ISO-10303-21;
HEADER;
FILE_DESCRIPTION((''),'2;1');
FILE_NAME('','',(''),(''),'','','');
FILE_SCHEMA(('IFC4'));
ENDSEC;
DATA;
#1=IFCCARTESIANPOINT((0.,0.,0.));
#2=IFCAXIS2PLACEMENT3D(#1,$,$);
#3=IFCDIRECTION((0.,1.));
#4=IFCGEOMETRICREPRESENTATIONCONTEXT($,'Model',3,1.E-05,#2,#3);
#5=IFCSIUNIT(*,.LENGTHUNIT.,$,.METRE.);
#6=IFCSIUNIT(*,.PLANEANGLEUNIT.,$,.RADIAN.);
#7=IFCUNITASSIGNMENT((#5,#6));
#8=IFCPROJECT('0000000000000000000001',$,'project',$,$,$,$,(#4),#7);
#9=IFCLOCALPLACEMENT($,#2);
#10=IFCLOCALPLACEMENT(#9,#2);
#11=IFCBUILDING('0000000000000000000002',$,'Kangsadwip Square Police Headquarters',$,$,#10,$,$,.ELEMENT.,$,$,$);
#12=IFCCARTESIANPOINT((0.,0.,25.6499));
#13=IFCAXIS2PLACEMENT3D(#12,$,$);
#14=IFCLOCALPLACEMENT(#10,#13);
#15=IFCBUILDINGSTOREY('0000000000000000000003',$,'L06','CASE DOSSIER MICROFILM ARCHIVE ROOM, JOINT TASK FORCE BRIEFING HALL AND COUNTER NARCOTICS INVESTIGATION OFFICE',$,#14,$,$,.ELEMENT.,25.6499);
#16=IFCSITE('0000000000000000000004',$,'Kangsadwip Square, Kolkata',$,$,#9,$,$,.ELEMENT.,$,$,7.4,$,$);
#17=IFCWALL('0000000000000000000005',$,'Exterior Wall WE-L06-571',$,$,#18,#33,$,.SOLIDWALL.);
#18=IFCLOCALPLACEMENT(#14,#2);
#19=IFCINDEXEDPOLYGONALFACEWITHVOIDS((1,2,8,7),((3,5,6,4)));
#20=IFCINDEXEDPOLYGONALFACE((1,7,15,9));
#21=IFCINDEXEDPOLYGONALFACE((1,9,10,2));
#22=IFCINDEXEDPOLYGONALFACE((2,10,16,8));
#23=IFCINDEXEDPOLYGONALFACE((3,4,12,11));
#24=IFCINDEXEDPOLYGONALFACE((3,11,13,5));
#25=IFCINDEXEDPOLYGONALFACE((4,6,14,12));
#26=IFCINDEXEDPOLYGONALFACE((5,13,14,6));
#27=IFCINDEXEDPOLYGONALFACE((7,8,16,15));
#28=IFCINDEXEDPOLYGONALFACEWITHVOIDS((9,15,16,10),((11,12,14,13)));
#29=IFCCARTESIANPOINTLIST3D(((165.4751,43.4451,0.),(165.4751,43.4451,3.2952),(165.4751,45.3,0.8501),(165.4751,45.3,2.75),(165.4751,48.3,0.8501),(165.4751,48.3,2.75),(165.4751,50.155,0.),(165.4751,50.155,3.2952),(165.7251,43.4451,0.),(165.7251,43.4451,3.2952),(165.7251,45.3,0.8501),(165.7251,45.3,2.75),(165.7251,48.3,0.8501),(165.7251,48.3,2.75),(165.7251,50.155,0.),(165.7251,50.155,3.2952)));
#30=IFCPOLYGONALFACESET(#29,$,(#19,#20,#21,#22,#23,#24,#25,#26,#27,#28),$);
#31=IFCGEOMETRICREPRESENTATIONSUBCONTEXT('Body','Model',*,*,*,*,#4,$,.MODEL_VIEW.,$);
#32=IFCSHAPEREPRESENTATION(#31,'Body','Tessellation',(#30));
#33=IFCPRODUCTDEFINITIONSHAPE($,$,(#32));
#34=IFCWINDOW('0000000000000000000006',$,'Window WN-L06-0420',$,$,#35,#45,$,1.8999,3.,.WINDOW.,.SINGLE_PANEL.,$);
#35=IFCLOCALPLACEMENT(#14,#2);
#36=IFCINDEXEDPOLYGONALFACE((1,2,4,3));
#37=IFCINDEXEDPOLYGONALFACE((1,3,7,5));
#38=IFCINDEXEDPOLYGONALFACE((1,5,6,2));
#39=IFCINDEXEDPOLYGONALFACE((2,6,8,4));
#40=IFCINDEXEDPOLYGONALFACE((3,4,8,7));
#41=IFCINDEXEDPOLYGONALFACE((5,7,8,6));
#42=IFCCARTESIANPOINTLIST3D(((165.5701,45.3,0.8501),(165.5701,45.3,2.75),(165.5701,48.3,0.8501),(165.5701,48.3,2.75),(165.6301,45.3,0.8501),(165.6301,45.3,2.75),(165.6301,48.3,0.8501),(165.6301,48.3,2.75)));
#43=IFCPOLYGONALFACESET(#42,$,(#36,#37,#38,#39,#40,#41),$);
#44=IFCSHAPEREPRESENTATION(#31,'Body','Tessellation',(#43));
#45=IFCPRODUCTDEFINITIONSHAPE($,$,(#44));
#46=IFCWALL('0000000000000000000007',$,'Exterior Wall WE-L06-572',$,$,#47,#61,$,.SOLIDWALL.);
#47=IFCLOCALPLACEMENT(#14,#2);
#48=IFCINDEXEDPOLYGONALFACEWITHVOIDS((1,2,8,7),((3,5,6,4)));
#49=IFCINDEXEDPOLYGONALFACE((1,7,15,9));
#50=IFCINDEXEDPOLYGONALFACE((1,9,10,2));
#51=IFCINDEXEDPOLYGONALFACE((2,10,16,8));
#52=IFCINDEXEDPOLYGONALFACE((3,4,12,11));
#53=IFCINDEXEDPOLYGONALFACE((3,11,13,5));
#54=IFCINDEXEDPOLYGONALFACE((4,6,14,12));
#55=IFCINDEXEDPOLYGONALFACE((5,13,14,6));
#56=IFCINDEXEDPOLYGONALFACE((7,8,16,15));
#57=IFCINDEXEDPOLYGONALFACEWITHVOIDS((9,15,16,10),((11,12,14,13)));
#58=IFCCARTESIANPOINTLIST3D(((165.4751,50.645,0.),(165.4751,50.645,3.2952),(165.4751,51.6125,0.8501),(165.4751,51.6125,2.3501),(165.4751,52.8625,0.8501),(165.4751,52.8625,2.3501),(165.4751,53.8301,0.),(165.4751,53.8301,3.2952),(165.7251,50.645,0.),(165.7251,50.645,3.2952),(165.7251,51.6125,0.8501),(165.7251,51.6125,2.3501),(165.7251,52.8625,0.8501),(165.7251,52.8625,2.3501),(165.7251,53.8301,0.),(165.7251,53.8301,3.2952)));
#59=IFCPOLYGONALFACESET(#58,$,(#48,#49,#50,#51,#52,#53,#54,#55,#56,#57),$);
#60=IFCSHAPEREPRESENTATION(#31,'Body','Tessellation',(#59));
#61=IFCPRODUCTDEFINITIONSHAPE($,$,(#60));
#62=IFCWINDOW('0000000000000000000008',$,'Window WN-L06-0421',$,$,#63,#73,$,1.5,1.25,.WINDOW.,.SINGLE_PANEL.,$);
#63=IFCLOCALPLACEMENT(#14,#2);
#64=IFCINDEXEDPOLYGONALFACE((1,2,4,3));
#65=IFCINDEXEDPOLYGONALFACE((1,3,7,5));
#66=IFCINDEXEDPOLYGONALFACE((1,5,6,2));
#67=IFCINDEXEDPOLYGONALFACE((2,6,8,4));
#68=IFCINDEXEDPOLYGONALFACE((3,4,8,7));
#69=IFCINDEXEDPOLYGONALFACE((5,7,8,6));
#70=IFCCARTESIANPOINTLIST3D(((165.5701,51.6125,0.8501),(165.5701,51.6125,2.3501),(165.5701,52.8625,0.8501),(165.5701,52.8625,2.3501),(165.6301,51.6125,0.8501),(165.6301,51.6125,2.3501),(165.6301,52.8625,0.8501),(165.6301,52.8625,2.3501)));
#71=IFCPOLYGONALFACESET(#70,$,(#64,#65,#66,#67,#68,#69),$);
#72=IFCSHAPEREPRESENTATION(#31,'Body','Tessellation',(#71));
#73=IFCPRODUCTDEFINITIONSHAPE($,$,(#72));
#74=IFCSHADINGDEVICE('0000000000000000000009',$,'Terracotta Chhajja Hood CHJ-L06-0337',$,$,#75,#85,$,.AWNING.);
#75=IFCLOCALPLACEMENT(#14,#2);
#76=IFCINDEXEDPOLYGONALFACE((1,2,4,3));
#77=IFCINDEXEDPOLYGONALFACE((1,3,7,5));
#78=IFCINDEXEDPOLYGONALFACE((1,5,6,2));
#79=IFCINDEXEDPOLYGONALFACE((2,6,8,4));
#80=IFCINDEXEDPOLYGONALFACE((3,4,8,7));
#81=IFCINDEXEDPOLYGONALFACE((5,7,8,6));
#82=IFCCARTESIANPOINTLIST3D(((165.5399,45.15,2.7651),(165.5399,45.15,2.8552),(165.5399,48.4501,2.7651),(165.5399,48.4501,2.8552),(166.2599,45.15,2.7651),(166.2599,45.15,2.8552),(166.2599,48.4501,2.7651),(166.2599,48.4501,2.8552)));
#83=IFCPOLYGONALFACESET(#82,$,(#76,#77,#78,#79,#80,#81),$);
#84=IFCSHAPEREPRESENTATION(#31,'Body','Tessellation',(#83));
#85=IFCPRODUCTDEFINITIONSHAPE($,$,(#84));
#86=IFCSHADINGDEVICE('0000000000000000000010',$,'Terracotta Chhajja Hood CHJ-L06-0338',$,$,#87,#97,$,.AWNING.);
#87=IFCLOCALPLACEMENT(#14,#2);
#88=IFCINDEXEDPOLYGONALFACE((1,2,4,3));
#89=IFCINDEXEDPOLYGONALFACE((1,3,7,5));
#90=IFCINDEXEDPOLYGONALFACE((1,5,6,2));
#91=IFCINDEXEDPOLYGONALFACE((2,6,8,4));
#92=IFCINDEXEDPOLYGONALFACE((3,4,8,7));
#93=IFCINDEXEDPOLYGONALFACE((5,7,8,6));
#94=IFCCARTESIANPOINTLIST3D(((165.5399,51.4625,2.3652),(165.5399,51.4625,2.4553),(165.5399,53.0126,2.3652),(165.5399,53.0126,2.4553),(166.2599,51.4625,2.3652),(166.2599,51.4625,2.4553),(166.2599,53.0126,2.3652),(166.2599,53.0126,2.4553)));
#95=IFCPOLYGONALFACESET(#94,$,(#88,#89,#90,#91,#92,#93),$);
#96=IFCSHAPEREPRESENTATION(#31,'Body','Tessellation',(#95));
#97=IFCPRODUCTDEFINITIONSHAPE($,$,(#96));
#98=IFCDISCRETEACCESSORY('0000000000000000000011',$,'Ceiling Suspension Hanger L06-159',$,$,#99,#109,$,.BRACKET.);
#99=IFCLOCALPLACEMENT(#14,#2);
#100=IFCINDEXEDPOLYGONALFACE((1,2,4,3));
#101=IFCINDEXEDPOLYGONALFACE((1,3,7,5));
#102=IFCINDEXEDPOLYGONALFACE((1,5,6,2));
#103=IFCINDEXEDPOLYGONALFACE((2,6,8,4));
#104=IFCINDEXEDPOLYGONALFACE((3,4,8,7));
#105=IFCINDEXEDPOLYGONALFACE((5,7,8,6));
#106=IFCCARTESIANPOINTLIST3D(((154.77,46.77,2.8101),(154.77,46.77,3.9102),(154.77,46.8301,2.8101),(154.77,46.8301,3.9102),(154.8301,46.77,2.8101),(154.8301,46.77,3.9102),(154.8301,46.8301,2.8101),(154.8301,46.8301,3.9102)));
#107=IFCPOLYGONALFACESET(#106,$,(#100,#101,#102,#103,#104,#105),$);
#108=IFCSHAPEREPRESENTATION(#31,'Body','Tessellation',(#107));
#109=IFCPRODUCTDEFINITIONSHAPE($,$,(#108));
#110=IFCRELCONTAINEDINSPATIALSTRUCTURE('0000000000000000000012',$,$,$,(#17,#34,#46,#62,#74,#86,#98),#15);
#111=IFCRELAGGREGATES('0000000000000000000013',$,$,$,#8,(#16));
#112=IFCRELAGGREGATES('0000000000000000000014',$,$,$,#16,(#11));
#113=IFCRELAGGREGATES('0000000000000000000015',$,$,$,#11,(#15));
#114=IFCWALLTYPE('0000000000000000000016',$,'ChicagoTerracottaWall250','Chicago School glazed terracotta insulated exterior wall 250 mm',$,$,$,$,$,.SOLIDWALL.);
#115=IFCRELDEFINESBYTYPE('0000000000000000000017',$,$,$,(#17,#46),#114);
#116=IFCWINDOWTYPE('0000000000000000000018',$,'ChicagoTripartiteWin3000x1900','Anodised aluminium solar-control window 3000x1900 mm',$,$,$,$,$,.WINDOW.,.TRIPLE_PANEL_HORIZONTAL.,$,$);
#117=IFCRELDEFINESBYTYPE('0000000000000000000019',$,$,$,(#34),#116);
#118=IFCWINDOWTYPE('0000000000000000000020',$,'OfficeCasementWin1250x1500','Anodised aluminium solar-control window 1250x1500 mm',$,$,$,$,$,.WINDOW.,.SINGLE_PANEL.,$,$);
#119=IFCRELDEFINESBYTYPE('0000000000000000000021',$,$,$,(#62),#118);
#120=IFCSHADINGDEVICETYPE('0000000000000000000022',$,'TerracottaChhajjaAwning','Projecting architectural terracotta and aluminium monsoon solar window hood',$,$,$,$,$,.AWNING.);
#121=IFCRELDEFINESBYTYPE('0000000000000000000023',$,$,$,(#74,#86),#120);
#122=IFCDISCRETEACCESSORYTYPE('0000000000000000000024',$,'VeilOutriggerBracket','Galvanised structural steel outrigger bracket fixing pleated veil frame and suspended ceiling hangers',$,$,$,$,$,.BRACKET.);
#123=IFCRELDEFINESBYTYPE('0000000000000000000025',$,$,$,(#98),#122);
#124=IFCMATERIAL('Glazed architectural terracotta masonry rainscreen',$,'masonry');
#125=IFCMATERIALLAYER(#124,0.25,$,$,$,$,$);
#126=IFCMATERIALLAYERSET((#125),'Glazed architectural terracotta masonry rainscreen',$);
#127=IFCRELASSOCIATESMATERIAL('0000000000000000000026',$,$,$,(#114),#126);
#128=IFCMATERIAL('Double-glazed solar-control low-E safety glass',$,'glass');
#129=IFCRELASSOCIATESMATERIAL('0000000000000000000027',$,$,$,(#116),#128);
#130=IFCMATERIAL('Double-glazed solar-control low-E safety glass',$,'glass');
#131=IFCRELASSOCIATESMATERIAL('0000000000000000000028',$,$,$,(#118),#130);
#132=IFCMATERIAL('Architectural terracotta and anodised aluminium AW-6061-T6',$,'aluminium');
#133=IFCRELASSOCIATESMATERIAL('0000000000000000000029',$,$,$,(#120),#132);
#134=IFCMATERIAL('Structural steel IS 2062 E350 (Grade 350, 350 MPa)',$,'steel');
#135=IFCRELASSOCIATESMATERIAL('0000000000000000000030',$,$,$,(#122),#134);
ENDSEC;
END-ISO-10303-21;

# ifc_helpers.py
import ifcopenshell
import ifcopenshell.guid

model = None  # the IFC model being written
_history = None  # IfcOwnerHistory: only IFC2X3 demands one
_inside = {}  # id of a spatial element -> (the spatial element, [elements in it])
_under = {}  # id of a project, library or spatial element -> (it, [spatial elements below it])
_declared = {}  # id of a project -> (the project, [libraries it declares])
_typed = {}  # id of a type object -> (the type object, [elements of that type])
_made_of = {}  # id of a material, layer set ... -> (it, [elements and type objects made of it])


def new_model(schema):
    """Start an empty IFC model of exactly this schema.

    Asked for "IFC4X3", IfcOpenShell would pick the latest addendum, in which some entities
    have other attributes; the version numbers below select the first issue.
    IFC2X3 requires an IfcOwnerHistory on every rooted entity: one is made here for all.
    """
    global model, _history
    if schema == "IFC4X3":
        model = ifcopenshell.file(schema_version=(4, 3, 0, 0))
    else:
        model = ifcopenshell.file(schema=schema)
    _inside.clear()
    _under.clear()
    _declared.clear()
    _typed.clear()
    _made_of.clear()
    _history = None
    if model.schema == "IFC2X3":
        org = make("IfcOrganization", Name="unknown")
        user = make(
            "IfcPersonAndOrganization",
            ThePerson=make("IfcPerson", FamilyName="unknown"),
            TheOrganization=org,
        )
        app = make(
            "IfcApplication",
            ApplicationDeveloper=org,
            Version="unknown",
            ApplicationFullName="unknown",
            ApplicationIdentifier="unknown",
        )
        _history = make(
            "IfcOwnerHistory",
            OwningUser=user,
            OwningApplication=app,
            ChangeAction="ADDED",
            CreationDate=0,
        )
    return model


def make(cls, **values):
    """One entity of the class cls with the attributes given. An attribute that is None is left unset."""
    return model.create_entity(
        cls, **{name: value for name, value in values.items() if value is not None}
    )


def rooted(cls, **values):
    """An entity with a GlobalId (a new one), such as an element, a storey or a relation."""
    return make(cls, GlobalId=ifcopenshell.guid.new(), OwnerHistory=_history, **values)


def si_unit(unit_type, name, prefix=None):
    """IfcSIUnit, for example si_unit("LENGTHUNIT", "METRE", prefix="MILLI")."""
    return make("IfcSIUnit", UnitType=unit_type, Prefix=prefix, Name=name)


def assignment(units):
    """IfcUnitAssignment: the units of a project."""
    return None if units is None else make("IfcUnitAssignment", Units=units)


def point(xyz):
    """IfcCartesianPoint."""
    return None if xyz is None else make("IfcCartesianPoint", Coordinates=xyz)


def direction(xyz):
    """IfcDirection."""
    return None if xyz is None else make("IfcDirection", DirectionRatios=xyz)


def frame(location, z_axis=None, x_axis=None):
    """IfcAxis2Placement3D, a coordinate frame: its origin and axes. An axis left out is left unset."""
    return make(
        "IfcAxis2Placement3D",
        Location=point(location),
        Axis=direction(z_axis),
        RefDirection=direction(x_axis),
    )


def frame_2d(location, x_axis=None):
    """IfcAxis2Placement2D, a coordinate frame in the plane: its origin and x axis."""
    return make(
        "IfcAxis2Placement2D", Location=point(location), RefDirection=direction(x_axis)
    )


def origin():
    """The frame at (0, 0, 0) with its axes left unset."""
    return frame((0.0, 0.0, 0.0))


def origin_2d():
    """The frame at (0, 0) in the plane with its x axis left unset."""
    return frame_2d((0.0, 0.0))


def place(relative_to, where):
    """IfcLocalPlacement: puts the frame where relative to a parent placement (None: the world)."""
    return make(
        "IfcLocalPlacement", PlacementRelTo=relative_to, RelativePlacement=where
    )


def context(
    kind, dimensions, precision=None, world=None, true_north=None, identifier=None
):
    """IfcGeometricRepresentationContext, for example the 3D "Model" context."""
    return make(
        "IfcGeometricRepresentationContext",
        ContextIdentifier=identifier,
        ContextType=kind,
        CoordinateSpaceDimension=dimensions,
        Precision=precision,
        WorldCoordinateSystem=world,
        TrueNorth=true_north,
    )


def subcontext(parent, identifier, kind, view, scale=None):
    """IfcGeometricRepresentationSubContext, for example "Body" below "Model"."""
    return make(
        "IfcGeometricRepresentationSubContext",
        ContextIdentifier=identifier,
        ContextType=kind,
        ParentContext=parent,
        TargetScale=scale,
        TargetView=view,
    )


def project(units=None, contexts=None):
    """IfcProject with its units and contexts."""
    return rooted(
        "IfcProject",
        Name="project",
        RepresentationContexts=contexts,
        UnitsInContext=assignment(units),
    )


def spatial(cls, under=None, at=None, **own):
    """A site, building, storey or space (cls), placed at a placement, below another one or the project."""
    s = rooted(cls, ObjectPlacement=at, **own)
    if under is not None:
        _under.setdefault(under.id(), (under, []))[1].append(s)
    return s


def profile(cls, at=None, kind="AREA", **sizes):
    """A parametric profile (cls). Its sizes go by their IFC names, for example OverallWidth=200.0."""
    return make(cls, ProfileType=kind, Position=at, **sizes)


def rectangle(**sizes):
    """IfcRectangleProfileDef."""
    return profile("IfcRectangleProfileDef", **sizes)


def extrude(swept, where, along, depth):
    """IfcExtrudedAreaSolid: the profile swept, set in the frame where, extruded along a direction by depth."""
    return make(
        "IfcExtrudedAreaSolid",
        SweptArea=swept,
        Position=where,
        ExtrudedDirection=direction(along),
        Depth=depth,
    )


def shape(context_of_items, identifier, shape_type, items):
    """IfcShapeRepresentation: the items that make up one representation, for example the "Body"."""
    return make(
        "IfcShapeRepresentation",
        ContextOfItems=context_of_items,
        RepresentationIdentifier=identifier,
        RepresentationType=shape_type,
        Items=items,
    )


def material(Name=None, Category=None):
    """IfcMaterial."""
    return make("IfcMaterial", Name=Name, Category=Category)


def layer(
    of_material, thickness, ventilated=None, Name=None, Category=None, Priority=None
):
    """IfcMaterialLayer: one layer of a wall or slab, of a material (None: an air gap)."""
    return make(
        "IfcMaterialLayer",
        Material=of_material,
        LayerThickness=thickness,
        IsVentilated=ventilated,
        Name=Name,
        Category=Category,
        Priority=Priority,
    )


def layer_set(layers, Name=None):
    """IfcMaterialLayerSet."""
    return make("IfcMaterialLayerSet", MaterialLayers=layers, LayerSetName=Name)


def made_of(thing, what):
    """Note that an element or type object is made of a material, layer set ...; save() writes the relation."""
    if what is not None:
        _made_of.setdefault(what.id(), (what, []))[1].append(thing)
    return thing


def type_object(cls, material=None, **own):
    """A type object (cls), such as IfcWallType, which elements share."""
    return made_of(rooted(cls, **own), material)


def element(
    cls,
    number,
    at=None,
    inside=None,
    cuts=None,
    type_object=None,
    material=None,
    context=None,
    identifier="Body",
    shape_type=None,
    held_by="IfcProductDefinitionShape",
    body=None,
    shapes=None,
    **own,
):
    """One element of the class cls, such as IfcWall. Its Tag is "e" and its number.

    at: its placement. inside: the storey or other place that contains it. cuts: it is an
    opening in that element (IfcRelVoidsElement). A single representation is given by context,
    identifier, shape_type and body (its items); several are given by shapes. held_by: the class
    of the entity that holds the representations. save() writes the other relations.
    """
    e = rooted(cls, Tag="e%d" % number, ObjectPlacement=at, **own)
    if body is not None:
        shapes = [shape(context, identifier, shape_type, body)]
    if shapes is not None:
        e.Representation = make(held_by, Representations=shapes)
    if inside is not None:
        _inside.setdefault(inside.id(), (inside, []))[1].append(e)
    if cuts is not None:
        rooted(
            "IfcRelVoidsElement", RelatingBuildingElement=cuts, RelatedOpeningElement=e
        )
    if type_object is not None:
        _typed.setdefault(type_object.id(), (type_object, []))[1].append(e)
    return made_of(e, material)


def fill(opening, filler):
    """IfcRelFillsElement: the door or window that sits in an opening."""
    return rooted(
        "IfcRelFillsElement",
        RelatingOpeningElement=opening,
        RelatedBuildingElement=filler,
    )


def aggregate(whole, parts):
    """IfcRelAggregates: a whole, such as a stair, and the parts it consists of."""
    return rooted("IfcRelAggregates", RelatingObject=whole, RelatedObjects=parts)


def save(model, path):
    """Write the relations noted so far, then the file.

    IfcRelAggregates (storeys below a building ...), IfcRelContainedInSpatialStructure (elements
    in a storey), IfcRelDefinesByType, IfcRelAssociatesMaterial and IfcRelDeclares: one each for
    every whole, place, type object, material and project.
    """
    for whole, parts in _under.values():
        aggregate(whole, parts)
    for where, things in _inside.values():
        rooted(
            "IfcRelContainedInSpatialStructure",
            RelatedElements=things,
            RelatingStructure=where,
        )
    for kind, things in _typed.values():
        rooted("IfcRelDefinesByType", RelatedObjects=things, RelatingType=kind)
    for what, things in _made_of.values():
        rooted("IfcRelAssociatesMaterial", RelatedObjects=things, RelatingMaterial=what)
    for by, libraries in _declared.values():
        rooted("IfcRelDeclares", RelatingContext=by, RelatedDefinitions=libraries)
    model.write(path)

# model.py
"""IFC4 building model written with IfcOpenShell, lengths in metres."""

from ifc_helpers import new_model, si_unit, direction, frame, frame_2d, origin, origin_2d, place, context, subcontext, project, spatial, rectangle, extrude, material, layer, layer_set, type_object, element, fill, save


model = new_model("IFC4")

# Units and contexts
model_context = context("Model", 3, precision=1e-05, world=origin(), true_north=direction((0.0, 1.0)))
body_context = subcontext(model_context, "Body", "Model", "MODEL_VIEW")
ifc_project = project(units=[si_unit("LENGTHUNIT", "METRE"), si_unit("PLANEANGLEUNIT", "RADIAN")], contexts=[model_context])

# Site, building, storey
site_placement = place(None, origin())
site = spatial("IfcSite", under=ifc_project, at=site_placement, Name="Kangsadwip Square, Kolkata", CompositionType="ELEMENT", RefElevation=7.4)
building_placement = place(site_placement, origin())
building = spatial("IfcBuilding", under=site, at=building_placement, Name="Kangsadwip Square Police Headquarters", CompositionType="ELEMENT")
storey_placement = place(building_placement, frame((0.0, 0.0, 25.6499)))
storey = spatial("IfcBuildingStorey", under=building, at=storey_placement, Name="L06", Description="CASE DOSSIER MICROFILM ARCHIVE ROOM, JOINT TASK FORCE BRIEFING HALL AND COUNTER NARCOTICS INVESTIGATION OFFICE", CompositionType="ELEMENT", Elevation=25.6499)

# Walls, openings, windows
ifc_material_1 = material(Name="Glazed architectural terracotta masonry rainscreen", Category="masonry")
ifc_layer = layer(ifc_material_1, 0.25)
ifc_layer_set = layer_set([ifc_layer], Name="Glazed architectural terracotta masonry rainscreen")
wall_type = type_object("IfcWallType", Name="ChicagoTerracottaWall250", Description="Chicago School glazed terracotta insulated exterior wall 250 mm", PredefinedType="SOLIDWALL", material=ifc_layer_set)
wall_1_placement = place(storey_placement, frame((165.6001, 43.4451, 0.0), z_axis=(0.0, 0.0, 1.0), x_axis=(0.0, 1.0, 0.0)))
wall_1 = element("IfcWall", 1, at=wall_1_placement, inside=storey, type_object=wall_type, Name="Exterior Wall WE-L06-571", PredefinedType="SOLIDWALL", context=body_context, shape_type="SweptSolid", body=[
    extrude(rectangle(XDim=6.71, YDim=0.25, at=frame_2d((3.355, 0.0))), origin(), (0.0, 0.0, 1.0), 3.2952),
])
opening_1_placement = place(wall_1_placement, frame((1.855, 0.0, 0.8501)))
opening_1 = element("IfcOpeningElement", 2, at=opening_1_placement, cuts=wall_1, PredefinedType="OPENING", context=body_context, shape_type="SweptSolid", body=[
    extrude(rectangle(XDim=3.0, YDim=1.8999, at=frame_2d((1.5, 0.95))), frame((0.0, 0.135, 0.0), z_axis=(0.0, -1.0, 0.0), x_axis=(1.0, 0.0, 0.0)), (0.0, 0.0, 1.0), 0.27),
])
ifc_material_2 = material(Name="Double-glazed solar-control low-E safety glass", Category="glass")
window_type_1 = type_object("IfcWindowType", Name="ChicagoTripartiteWin3000x1900", Description="Anodised aluminium solar-control window 3000x1900 mm", PartitioningType="TRIPLE_PANEL_HORIZONTAL", PredefinedType="WINDOW", material=ifc_material_2)
window_1_placement = place(opening_1_placement, origin())
window_1 = element("IfcWindow", 3, at=window_1_placement, inside=storey, type_object=window_type_1, Name="Window WN-L06-0420", OverallHeight=1.8999, OverallWidth=3.0, PartitioningType="SINGLE_PANEL", PredefinedType="WINDOW", context=body_context, shape_type="SweptSolid", body=[
    extrude(rectangle(XDim=3.0, YDim=1.8999, at=frame_2d((1.5, 0.95))), frame((0.0, 0.03, 0.0), z_axis=(0.0, -1.0, 0.0), x_axis=(1.0, 0.0, 0.0)), (0.0, 0.0, 1.0), 0.0601),
])
fill(opening_1, window_1)
wall_2_placement = place(storey_placement, frame((165.6001, 50.645, 0.0), z_axis=(0.0, 0.0, 1.0), x_axis=(0.0, 1.0, 0.0)))
wall_2 = element("IfcWall", 4, at=wall_2_placement, inside=storey, type_object=wall_type, Name="Exterior Wall WE-L06-572", PredefinedType="SOLIDWALL", context=body_context, shape_type="SweptSolid", body=[
    extrude(rectangle(XDim=3.1851, YDim=0.25, at=frame_2d((1.5925, 0.0))), origin(), (0.0, 0.0, 1.0), 3.2952),
])
opening_2_placement = place(wall_2_placement, frame((0.9675, 0.0, 0.8501)))
opening_2 = element("IfcOpeningElement", 5, at=opening_2_placement, cuts=wall_2, PredefinedType="OPENING", context=body_context, shape_type="SweptSolid", body=[
    extrude(rectangle(XDim=1.25, YDim=1.5, at=frame_2d((0.625, 0.75))), frame((0.0, 0.135, 0.0), z_axis=(0.0, -1.0, 0.0), x_axis=(1.0, 0.0, 0.0)), (0.0, 0.0, 1.0), 0.27),
])
ifc_material_3 = material(Name="Double-glazed solar-control low-E safety glass", Category="glass")
window_type_2 = type_object("IfcWindowType", Name="OfficeCasementWin1250x1500", Description="Anodised aluminium solar-control window 1250x1500 mm", PartitioningType="SINGLE_PANEL", PredefinedType="WINDOW", material=ifc_material_3)
window_2_placement = place(opening_2_placement, origin())
window_2 = element("IfcWindow", 6, at=window_2_placement, inside=storey, type_object=window_type_2, Name="Window WN-L06-0421", OverallHeight=1.5, OverallWidth=1.25, PartitioningType="SINGLE_PANEL", PredefinedType="WINDOW", context=body_context, shape_type="SweptSolid", body=[
    extrude(rectangle(XDim=1.25, YDim=1.5, at=frame_2d((0.625, 0.75))), frame((0.0, 0.03, 0.0), z_axis=(0.0, -1.0, 0.0), x_axis=(1.0, 0.0, 0.0)), (0.0, 0.0, 1.0), 0.0601),
])
fill(opening_2, window_2)

# Shading devices
ifc_material_4 = material(Name="Architectural terracotta and anodised aluminium AW-6061-T6", Category="aluminium")
shading_device_type = type_object("IfcShadingDeviceType", Name="TerracottaChhajjaAwning", Description="Projecting architectural terracotta and aluminium monsoon solar window hood", PredefinedType="AWNING", material=ifc_material_4)
shading_device_1_placement = place(storey_placement, frame((165.8999, 46.8, 2.7651), z_axis=(0.0, 0.0, 1.0), x_axis=(0.0, 1.0, 0.0)))
element("IfcShadingDevice", 7, at=shading_device_1_placement, inside=storey, type_object=shading_device_type, Name="Terracotta Chhajja Hood CHJ-L06-0337", PredefinedType="AWNING", context=body_context, shape_type="SweptSolid", body=[
    extrude(rectangle(XDim=3.3, YDim=0.72, at=origin_2d()), origin(), (0.0, 0.0, 1.0), 0.0901),
])
shading_device_2_placement = place(storey_placement, frame((165.8999, 52.2375, 2.3652), z_axis=(0.0, 0.0, 1.0), x_axis=(0.0, 1.0, 0.0)))
element("IfcShadingDevice", 8, at=shading_device_2_placement, inside=storey, type_object=shading_device_type, Name="Terracotta Chhajja Hood CHJ-L06-0338", PredefinedType="AWNING", context=body_context, shape_type="SweptSolid", body=[
    extrude(rectangle(XDim=1.55, YDim=0.72, at=origin_2d()), origin(), (0.0, 0.0, 1.0), 0.0901),
])

# Discrete accessory
ifc_material_5 = material(Name="Structural steel IS 2062 E350 (Grade 350, 350 MPa)", Category="steel")
discrete_accessory_type = type_object("IfcDiscreteAccessoryType", Name="VeilOutriggerBracket", Description="Galvanised structural steel outrigger bracket fixing pleated veil frame and suspended ceiling hangers", PredefinedType="BRACKET", material=ifc_material_5)
discrete_accessory_placement = place(storey_placement, frame((154.8, 46.8, 2.8101), z_axis=(0.0, 0.0, 1.0), x_axis=(1.0, 0.0, 0.0)))
element("IfcDiscreteAccessory", 9, at=discrete_accessory_placement, inside=storey, type_object=discrete_accessory_type, Name="Ceiling Suspension Hanger L06-159", PredefinedType="BRACKET", context=body_context, shape_type="SweptSolid", body=[
    extrude(rectangle(XDim=0.0601, YDim=0.0601, at=origin_2d()), origin(), (0.0, 0.0, 1.0), 1.1001),
])

save(model, "model.ifc")
